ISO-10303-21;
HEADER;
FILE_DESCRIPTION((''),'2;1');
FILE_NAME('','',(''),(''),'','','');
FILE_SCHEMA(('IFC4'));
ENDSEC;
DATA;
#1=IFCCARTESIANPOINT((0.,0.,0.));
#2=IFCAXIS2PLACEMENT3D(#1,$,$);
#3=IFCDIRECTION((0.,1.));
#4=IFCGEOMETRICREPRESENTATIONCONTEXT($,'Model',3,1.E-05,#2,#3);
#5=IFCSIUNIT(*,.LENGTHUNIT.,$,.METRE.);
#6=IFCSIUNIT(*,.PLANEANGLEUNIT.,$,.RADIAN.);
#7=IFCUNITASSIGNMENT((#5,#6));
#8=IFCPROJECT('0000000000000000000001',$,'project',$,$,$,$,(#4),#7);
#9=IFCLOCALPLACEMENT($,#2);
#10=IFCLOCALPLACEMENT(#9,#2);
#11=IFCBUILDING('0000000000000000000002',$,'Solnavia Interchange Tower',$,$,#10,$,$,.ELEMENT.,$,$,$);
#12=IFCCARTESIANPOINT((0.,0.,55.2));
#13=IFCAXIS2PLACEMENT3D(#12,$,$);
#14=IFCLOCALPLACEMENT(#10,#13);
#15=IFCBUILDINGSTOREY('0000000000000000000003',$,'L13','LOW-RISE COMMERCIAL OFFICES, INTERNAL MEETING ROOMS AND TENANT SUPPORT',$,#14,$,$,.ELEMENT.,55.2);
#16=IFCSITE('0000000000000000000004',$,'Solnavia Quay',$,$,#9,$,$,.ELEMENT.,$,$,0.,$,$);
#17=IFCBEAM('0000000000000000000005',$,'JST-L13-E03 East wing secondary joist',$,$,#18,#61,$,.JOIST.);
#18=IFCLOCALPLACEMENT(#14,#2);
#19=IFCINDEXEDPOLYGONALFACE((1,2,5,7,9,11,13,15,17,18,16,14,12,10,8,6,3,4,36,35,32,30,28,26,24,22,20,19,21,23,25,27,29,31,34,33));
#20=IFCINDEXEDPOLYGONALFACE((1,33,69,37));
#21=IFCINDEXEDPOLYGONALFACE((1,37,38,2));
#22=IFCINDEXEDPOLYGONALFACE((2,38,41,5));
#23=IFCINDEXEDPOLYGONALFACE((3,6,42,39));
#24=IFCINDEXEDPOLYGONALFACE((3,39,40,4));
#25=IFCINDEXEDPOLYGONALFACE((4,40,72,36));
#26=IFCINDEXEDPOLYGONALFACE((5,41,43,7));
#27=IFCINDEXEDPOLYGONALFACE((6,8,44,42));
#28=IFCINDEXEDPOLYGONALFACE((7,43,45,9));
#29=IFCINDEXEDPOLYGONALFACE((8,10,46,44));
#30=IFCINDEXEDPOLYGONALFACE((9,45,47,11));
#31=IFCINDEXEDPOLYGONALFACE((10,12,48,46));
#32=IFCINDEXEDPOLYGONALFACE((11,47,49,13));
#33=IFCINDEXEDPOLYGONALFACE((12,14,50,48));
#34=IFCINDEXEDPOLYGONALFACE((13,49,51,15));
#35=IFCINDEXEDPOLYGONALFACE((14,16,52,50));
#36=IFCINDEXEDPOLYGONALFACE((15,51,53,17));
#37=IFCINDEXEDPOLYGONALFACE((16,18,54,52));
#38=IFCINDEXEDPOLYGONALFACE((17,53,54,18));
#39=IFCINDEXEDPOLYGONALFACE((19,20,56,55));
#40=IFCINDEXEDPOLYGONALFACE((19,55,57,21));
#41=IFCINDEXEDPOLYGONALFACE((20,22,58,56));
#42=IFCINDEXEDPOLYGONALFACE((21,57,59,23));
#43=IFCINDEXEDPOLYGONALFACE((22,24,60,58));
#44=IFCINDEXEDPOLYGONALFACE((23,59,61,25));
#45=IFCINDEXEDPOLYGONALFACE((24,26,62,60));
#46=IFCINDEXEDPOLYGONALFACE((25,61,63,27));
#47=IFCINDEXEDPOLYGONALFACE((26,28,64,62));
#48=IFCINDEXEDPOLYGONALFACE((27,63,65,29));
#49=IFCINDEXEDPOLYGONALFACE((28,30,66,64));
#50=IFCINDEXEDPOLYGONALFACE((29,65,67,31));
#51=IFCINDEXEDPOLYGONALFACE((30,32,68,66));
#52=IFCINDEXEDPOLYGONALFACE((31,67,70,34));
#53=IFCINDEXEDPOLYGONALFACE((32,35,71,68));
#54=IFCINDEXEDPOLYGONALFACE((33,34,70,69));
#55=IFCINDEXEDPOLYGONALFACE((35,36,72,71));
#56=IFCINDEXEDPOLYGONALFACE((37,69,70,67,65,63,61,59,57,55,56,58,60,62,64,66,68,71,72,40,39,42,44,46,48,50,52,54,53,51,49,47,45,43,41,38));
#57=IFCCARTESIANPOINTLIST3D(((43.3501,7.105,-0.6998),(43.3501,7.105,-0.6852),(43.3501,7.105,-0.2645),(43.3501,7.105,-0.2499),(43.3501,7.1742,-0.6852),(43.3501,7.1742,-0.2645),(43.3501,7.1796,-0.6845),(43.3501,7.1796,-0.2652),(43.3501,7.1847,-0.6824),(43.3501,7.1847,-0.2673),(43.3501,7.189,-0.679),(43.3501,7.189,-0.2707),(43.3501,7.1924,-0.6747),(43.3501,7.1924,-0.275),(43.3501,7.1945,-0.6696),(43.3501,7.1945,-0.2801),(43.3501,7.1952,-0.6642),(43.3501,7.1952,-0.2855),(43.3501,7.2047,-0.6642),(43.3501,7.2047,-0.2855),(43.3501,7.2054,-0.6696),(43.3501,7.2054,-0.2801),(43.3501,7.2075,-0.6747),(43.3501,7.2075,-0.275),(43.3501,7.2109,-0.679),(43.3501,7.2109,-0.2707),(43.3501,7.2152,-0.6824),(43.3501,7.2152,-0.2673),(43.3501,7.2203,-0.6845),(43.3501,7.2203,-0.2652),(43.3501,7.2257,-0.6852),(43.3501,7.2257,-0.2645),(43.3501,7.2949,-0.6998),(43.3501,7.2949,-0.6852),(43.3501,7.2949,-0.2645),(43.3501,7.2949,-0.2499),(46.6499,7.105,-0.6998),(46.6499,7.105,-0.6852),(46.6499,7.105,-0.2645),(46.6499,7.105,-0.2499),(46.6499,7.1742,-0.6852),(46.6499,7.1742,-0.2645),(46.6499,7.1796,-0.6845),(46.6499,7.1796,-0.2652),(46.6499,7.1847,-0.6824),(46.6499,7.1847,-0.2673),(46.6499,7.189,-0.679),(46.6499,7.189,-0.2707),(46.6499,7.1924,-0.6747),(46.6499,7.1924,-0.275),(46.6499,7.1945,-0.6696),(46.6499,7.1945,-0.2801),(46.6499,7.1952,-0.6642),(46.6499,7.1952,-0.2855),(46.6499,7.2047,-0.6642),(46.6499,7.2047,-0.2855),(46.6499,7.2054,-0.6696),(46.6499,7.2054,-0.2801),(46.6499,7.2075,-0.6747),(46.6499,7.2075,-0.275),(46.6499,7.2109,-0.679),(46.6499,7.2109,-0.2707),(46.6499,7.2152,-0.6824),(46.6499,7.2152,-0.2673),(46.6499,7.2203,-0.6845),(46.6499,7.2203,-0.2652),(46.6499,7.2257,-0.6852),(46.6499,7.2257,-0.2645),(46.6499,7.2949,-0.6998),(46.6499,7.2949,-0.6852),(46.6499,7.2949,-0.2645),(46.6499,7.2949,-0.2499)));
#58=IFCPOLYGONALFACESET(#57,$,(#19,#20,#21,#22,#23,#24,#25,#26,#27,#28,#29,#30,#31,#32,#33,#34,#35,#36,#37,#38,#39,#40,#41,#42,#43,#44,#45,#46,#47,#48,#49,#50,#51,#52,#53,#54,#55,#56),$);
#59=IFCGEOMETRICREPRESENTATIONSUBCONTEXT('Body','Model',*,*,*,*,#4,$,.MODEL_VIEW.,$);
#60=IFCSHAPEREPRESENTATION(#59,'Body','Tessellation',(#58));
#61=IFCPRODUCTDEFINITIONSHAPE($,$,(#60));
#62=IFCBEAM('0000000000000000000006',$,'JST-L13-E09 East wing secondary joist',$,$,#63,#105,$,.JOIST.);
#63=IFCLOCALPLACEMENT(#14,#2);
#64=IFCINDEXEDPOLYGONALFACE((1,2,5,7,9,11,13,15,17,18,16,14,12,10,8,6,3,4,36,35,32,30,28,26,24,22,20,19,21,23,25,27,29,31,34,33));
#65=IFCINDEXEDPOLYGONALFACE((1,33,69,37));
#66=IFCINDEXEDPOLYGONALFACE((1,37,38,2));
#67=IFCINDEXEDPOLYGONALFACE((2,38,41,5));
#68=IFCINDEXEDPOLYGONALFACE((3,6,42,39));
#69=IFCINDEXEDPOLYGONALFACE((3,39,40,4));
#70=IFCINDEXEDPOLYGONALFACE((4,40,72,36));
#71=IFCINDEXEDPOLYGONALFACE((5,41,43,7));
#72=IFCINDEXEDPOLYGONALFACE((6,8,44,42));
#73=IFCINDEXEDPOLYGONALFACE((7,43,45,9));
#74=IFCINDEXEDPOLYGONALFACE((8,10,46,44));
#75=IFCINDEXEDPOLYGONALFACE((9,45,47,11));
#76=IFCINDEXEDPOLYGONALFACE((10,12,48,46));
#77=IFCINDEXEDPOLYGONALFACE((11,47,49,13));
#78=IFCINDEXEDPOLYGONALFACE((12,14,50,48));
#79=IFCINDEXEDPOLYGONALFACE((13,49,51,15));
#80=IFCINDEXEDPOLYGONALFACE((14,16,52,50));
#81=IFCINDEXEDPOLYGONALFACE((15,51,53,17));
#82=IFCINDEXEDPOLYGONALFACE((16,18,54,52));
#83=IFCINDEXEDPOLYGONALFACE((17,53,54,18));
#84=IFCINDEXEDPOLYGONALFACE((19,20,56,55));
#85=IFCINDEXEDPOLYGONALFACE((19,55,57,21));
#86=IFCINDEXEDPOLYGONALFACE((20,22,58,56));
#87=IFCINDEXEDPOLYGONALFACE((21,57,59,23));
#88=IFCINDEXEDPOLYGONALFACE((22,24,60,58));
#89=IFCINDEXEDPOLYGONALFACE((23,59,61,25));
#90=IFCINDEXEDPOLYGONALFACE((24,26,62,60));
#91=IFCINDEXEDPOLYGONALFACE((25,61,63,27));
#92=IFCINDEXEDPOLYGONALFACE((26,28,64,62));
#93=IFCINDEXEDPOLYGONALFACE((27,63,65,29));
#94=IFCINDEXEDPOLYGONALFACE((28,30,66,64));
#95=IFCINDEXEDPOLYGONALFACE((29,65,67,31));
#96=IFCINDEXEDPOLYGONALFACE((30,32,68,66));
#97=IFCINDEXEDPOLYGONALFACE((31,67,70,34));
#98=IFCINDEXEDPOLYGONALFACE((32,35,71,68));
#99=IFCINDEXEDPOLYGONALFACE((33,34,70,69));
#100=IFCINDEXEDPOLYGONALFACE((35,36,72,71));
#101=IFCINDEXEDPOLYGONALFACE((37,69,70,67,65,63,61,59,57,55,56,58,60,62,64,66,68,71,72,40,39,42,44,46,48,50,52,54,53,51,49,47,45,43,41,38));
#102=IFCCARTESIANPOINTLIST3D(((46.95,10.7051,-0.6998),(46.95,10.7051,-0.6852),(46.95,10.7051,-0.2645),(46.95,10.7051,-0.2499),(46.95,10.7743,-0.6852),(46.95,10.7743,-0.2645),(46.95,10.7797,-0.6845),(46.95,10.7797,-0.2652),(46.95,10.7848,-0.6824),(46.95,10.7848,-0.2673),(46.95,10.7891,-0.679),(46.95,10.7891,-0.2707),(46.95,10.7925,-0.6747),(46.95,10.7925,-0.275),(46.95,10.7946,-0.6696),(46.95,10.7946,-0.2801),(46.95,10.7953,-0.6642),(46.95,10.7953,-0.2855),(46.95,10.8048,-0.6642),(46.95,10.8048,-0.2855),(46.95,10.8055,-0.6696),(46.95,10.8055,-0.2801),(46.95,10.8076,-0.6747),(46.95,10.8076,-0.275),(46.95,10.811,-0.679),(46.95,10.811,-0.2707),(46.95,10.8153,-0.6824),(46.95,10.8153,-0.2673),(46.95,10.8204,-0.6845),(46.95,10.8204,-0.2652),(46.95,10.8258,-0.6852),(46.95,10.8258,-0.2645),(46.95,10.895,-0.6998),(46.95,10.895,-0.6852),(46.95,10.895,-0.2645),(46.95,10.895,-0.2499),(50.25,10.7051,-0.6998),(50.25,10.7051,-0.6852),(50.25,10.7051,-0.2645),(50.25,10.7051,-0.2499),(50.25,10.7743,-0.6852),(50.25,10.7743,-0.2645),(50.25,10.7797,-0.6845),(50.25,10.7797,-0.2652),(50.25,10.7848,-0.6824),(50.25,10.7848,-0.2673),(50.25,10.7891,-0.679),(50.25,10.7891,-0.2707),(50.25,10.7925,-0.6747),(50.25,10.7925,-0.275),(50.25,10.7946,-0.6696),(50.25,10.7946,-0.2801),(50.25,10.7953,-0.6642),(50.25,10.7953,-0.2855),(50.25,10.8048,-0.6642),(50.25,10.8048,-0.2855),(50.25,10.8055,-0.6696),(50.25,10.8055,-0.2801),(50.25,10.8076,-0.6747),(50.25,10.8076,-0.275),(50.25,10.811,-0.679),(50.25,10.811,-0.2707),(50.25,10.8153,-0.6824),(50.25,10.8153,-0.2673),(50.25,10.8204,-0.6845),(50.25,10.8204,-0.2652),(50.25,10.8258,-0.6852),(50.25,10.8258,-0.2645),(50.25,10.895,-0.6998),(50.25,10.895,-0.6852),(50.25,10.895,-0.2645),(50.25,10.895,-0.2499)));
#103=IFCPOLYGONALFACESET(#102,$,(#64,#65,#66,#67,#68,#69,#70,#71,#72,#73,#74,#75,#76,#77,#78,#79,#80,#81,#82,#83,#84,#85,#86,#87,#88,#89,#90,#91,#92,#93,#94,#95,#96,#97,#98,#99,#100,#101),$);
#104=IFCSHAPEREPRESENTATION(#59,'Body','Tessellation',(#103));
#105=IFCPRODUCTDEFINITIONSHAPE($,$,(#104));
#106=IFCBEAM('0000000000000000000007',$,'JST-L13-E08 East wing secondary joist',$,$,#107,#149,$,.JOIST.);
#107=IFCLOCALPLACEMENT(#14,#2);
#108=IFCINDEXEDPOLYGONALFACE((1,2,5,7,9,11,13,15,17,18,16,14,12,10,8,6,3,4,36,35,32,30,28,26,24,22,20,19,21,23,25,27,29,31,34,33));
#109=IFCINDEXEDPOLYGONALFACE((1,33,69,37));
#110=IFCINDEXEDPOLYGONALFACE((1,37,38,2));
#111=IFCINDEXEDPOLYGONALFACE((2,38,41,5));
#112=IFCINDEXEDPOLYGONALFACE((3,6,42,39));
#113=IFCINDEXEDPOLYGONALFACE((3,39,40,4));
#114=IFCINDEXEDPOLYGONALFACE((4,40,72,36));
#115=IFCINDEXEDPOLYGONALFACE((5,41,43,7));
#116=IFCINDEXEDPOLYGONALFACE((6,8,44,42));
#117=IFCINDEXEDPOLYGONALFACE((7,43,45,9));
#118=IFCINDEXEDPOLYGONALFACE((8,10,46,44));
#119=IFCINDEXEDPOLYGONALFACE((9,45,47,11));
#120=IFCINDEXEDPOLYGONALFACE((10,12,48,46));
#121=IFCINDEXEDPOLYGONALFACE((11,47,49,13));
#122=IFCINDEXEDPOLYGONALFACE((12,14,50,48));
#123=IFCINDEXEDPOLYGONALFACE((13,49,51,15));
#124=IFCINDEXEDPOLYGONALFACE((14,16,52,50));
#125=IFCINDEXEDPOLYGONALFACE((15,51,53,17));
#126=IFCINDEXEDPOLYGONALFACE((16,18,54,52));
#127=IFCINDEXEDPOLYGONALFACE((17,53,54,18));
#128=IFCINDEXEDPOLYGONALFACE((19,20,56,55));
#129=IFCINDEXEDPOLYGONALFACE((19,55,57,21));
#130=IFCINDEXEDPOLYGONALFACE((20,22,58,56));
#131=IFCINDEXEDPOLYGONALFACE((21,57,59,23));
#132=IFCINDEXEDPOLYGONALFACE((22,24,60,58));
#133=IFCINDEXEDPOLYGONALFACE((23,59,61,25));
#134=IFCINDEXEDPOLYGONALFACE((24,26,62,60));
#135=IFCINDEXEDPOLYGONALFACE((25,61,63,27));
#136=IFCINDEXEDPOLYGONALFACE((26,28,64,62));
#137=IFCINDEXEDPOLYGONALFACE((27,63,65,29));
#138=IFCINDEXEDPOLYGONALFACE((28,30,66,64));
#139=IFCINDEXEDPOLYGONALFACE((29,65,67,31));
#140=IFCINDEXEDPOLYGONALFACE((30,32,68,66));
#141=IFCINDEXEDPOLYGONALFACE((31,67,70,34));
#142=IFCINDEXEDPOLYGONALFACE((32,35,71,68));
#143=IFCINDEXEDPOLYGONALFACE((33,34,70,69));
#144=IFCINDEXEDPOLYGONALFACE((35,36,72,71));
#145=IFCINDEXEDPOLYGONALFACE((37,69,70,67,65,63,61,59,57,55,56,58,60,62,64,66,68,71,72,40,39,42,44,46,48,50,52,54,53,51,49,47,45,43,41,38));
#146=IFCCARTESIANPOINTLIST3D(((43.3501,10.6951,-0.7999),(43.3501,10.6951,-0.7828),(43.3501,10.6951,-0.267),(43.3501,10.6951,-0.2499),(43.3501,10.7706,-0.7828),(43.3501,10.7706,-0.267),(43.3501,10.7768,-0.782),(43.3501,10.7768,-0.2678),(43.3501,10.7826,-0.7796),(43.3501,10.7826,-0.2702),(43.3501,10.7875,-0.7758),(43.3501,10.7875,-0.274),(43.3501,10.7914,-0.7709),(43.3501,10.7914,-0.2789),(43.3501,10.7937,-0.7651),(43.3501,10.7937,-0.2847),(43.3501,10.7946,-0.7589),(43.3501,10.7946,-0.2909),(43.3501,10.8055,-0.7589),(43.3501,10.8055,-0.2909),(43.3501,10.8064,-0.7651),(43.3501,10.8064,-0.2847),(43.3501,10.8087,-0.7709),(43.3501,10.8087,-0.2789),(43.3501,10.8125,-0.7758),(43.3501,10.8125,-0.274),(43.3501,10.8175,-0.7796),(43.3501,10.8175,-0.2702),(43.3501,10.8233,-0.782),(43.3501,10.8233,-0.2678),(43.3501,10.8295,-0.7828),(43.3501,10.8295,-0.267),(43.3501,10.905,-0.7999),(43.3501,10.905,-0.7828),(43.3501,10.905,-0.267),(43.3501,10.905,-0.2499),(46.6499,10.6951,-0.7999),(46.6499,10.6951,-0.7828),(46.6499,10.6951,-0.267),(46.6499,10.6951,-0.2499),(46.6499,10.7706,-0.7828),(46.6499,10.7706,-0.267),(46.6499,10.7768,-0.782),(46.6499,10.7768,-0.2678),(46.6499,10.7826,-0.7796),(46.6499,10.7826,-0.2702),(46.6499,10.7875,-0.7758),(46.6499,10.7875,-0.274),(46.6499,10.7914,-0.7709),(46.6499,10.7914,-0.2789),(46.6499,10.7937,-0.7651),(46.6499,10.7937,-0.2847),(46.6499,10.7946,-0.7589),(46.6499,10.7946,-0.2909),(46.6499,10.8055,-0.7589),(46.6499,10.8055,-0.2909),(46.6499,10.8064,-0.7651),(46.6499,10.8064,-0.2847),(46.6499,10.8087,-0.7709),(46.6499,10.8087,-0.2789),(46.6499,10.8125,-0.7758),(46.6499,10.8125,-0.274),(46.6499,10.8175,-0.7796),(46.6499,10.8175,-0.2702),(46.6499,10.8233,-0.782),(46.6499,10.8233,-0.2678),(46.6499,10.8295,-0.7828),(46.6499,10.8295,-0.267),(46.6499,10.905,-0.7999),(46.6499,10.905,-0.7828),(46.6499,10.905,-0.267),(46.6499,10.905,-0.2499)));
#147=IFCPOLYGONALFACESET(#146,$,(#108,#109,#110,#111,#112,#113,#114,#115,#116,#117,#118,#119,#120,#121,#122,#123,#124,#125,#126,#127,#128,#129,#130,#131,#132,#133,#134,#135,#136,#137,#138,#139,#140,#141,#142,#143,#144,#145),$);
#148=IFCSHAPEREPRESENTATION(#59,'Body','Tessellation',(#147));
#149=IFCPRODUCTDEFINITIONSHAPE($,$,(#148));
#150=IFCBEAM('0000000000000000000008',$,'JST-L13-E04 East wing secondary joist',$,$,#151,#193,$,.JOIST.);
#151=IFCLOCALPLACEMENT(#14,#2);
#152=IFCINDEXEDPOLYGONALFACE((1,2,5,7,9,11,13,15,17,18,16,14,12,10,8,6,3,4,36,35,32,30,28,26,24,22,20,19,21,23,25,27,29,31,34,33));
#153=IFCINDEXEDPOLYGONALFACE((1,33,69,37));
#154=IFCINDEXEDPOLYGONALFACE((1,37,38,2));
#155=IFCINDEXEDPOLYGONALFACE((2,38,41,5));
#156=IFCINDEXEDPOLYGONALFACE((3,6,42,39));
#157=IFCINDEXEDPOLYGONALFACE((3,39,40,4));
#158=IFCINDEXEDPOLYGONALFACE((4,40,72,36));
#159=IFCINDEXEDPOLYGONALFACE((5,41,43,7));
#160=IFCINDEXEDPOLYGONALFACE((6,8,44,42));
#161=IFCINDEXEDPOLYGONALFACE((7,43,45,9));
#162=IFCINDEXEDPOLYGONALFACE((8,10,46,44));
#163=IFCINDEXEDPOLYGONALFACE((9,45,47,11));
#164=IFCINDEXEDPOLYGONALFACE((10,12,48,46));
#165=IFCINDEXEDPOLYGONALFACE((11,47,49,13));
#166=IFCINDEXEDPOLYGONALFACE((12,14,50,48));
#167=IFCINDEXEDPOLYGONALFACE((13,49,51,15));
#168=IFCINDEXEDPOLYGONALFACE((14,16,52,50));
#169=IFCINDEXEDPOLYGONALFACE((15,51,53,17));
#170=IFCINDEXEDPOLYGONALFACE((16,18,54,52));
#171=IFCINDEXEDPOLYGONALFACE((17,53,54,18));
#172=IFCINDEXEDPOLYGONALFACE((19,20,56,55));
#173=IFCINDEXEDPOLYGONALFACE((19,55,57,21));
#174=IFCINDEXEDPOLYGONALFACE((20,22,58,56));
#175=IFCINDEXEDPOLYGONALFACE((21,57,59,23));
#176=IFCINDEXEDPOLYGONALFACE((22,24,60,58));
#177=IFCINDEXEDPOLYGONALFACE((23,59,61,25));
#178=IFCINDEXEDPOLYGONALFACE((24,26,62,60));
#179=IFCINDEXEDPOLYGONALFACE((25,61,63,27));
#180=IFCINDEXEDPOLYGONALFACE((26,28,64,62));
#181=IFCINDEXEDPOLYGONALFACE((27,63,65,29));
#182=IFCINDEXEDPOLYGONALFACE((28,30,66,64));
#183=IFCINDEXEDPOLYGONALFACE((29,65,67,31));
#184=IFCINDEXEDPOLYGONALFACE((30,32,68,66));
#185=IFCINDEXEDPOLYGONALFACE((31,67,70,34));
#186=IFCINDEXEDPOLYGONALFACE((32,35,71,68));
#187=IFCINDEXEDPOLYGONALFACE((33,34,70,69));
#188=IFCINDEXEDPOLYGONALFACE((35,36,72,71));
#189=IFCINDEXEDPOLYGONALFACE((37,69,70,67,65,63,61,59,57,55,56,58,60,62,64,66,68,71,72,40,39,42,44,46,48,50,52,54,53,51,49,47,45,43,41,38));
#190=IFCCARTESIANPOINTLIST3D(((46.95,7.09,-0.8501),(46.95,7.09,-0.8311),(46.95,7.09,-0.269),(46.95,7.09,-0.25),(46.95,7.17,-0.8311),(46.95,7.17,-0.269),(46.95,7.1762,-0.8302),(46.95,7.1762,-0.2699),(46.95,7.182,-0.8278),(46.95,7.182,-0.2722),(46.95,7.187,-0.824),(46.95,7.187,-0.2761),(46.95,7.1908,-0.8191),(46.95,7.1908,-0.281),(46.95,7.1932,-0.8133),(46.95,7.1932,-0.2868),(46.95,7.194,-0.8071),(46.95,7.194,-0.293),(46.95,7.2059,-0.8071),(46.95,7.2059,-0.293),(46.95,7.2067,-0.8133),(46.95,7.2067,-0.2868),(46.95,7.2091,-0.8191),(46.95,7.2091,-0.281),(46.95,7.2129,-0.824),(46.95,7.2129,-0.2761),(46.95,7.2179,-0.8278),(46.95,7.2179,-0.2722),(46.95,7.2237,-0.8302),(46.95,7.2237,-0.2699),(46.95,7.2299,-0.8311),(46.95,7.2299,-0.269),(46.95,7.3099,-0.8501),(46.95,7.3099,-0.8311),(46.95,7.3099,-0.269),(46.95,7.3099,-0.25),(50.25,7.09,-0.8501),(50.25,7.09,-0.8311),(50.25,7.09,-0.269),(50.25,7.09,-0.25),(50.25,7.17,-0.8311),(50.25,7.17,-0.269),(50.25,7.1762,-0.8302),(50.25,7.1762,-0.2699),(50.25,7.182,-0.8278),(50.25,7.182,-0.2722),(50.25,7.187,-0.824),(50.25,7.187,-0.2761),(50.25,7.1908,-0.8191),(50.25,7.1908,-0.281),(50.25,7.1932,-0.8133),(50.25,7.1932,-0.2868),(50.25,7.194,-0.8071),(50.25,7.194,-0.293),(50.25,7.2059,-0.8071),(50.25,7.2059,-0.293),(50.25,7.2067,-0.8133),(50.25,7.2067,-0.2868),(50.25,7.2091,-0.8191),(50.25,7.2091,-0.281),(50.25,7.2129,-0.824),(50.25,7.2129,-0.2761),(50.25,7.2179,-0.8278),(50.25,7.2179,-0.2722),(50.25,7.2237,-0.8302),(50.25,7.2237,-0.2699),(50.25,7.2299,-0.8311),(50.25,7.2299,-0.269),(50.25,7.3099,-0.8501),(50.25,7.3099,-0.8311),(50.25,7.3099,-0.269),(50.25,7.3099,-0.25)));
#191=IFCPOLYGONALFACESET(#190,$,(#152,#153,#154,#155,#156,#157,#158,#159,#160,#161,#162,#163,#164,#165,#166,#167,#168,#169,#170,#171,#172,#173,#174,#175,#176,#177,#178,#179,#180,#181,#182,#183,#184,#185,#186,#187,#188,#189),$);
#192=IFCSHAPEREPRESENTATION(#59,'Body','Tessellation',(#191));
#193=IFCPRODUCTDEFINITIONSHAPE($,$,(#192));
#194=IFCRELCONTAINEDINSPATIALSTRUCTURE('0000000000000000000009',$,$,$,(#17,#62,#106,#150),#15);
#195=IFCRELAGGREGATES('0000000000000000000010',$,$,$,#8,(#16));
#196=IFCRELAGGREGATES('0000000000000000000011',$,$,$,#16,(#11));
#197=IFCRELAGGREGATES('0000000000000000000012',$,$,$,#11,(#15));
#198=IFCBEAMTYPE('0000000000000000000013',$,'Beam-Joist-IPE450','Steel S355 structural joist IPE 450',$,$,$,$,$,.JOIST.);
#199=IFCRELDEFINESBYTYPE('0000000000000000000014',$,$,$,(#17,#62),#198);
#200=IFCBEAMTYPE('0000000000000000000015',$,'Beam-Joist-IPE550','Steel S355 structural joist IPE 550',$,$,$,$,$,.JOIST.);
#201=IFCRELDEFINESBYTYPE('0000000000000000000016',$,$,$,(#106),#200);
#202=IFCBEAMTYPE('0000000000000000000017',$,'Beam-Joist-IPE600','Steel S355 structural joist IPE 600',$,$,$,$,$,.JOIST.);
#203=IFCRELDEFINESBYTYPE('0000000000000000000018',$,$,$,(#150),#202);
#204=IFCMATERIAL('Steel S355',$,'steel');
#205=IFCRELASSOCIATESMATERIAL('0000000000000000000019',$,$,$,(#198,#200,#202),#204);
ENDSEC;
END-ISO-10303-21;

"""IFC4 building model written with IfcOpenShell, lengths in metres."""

from ifc_helpers import new_model, si_unit, direction, frame, origin, origin_2d, place, context, subcontext, project, spatial, i_section, extrude, material, material_profile, profile_set, type_object, element, save


model = new_model("IFC4")

# Units and contexts
model_context = context("Model", 3, precision=1e-05, world=origin(), true_north=direction((0.0, 1.0)))
body_context = subcontext(model_context, "Body", "Model", "MODEL_VIEW")
ifc_project = project(units=[si_unit("LENGTHUNIT", "METRE"), si_unit("PLANEANGLEUNIT", "RADIAN")], contexts=[model_context])

# Site, building, storey
site_placement = place(None, origin())
site = spatial("IfcSite", under=ifc_project, at=site_placement, Name="Solnavia Quay", CompositionType="ELEMENT", RefElevation=0.0)
building_placement = place(site_placement, origin())
building = spatial("IfcBuilding", under=site, at=building_placement, Name="Solnavia Interchange Tower", CompositionType="ELEMENT")
storey_placement = place(building_placement, frame((0.0, 0.0, 55.2)))
storey = spatial("IfcBuildingStorey", under=building, at=storey_placement, Name="L13", Description="LOW-RISE COMMERCIAL OFFICES, INTERNAL MEETING ROOMS AND TENANT SUPPORT", CompositionType="ELEMENT", Elevation=55.2)

# Shared definitions
ifc_material_1 = material(Name="Steel S355", Category="steel")

# Beams
ifc_material_profile_1 = material_profile(ifc_material_1, i_section(OverallWidth=0.1899, OverallDepth=0.45, WebThickness=0.0095, FlangeThickness=0.0146, FilletRadius=0.021, at=origin_2d()), Name="IPE 450")
ifc_profile_set_1 = profile_set([ifc_material_profile_1], Name="Steel S355")
beam_type_1 = type_object("IfcBeamType", Name="Beam-Joist-IPE450", Description="Steel S355 structural joist IPE 450", PredefinedType="JOIST", material=ifc_profile_set_1)
beam_1_placement = place(storey_placement, frame((43.3501, 7.2, -0.4749), z_axis=(1.0, 0.0, 0.0), x_axis=(0.0, 1.0, 0.0)))
element("IfcBeam", 1, at=beam_1_placement, inside=storey, type_object=beam_type_1, Name="JST-L13-E03 East wing secondary joist", PredefinedType="JOIST", context=body_context, shape_type="SweptSolid", body=[
    extrude(i_section(OverallWidth=0.1899, OverallDepth=0.45, WebThickness=0.0095, FlangeThickness=0.0146, FilletRadius=0.021, at=origin_2d()), origin(), (0.0, 0.0, 1.0), 3.2998),
])
beam_2_placement = place(storey_placement, frame((46.95, 10.8, -0.4749), z_axis=(1.0, 0.0, 0.0), x_axis=(0.0, 1.0, 0.0)))
element("IfcBeam", 2, at=beam_2_placement, inside=storey, type_object=beam_type_1, Name="JST-L13-E09 East wing secondary joist", PredefinedType="JOIST", context=body_context, shape_type="SweptSolid", body=[
    extrude(i_section(OverallWidth=0.1899, OverallDepth=0.45, WebThickness=0.0095, FlangeThickness=0.0146, FilletRadius=0.021, at=origin_2d()), origin(), (0.0, 0.0, 1.0), 3.3),
])
ifc_material_profile_2 = material_profile(ifc_material_1, i_section(OverallWidth=0.21, OverallDepth=0.55, WebThickness=0.011, FlangeThickness=0.0171, FilletRadius=0.0239, at=origin_2d()), Name="IPE 550")
ifc_profile_set_2 = profile_set([ifc_material_profile_2], Name="Steel S355")
beam_type_2 = type_object("IfcBeamType", Name="Beam-Joist-IPE550", Description="Steel S355 structural joist IPE 550", PredefinedType="JOIST", material=ifc_profile_set_2)
beam_3_placement = place(storey_placement, frame((43.3501, 10.8, -0.5249), z_axis=(1.0, 0.0, 0.0), x_axis=(0.0, 1.0, 0.0)))
element("IfcBeam", 3, at=beam_3_placement, inside=storey, type_object=beam_type_2, Name="JST-L13-E08 East wing secondary joist", PredefinedType="JOIST", context=body_context, shape_type="SweptSolid", body=[
    extrude(i_section(OverallWidth=0.21, OverallDepth=0.55, WebThickness=0.011, FlangeThickness=0.0171, FilletRadius=0.0239, at=origin_2d()), origin(), (0.0, 0.0, 1.0), 3.2998),
])
ifc_material_profile_3 = material_profile(ifc_material_1, i_section(OverallWidth=0.22, OverallDepth=0.6001, WebThickness=0.012, FlangeThickness=0.019, FilletRadius=0.0239, at=origin_2d()), Name="IPE 600")
ifc_profile_set_3 = profile_set([ifc_material_profile_3], Name="Steel S355")
beam_type_3 = type_object("IfcBeamType", Name="Beam-Joist-IPE600", Description="Steel S355 structural joist IPE 600", PredefinedType="JOIST", material=ifc_profile_set_3)
beam_4_placement = place(storey_placement, frame((46.95, 7.2, -0.55), z_axis=(1.0, 0.0, 0.0), x_axis=(0.0, 1.0, 0.0)))
element("IfcBeam", 4, at=beam_4_placement, inside=storey, type_object=beam_type_3, Name="JST-L13-E04 East wing secondary joist", PredefinedType="JOIST", context=body_context, shape_type="SweptSolid", body=[
    extrude(i_section(OverallWidth=0.22, OverallDepth=0.6001, WebThickness=0.012, FlangeThickness=0.019, FilletRadius=0.0239, at=origin_2d()), origin(), (0.0, 0.0, 1.0), 3.3),
])

save(model, "model.ifc")
